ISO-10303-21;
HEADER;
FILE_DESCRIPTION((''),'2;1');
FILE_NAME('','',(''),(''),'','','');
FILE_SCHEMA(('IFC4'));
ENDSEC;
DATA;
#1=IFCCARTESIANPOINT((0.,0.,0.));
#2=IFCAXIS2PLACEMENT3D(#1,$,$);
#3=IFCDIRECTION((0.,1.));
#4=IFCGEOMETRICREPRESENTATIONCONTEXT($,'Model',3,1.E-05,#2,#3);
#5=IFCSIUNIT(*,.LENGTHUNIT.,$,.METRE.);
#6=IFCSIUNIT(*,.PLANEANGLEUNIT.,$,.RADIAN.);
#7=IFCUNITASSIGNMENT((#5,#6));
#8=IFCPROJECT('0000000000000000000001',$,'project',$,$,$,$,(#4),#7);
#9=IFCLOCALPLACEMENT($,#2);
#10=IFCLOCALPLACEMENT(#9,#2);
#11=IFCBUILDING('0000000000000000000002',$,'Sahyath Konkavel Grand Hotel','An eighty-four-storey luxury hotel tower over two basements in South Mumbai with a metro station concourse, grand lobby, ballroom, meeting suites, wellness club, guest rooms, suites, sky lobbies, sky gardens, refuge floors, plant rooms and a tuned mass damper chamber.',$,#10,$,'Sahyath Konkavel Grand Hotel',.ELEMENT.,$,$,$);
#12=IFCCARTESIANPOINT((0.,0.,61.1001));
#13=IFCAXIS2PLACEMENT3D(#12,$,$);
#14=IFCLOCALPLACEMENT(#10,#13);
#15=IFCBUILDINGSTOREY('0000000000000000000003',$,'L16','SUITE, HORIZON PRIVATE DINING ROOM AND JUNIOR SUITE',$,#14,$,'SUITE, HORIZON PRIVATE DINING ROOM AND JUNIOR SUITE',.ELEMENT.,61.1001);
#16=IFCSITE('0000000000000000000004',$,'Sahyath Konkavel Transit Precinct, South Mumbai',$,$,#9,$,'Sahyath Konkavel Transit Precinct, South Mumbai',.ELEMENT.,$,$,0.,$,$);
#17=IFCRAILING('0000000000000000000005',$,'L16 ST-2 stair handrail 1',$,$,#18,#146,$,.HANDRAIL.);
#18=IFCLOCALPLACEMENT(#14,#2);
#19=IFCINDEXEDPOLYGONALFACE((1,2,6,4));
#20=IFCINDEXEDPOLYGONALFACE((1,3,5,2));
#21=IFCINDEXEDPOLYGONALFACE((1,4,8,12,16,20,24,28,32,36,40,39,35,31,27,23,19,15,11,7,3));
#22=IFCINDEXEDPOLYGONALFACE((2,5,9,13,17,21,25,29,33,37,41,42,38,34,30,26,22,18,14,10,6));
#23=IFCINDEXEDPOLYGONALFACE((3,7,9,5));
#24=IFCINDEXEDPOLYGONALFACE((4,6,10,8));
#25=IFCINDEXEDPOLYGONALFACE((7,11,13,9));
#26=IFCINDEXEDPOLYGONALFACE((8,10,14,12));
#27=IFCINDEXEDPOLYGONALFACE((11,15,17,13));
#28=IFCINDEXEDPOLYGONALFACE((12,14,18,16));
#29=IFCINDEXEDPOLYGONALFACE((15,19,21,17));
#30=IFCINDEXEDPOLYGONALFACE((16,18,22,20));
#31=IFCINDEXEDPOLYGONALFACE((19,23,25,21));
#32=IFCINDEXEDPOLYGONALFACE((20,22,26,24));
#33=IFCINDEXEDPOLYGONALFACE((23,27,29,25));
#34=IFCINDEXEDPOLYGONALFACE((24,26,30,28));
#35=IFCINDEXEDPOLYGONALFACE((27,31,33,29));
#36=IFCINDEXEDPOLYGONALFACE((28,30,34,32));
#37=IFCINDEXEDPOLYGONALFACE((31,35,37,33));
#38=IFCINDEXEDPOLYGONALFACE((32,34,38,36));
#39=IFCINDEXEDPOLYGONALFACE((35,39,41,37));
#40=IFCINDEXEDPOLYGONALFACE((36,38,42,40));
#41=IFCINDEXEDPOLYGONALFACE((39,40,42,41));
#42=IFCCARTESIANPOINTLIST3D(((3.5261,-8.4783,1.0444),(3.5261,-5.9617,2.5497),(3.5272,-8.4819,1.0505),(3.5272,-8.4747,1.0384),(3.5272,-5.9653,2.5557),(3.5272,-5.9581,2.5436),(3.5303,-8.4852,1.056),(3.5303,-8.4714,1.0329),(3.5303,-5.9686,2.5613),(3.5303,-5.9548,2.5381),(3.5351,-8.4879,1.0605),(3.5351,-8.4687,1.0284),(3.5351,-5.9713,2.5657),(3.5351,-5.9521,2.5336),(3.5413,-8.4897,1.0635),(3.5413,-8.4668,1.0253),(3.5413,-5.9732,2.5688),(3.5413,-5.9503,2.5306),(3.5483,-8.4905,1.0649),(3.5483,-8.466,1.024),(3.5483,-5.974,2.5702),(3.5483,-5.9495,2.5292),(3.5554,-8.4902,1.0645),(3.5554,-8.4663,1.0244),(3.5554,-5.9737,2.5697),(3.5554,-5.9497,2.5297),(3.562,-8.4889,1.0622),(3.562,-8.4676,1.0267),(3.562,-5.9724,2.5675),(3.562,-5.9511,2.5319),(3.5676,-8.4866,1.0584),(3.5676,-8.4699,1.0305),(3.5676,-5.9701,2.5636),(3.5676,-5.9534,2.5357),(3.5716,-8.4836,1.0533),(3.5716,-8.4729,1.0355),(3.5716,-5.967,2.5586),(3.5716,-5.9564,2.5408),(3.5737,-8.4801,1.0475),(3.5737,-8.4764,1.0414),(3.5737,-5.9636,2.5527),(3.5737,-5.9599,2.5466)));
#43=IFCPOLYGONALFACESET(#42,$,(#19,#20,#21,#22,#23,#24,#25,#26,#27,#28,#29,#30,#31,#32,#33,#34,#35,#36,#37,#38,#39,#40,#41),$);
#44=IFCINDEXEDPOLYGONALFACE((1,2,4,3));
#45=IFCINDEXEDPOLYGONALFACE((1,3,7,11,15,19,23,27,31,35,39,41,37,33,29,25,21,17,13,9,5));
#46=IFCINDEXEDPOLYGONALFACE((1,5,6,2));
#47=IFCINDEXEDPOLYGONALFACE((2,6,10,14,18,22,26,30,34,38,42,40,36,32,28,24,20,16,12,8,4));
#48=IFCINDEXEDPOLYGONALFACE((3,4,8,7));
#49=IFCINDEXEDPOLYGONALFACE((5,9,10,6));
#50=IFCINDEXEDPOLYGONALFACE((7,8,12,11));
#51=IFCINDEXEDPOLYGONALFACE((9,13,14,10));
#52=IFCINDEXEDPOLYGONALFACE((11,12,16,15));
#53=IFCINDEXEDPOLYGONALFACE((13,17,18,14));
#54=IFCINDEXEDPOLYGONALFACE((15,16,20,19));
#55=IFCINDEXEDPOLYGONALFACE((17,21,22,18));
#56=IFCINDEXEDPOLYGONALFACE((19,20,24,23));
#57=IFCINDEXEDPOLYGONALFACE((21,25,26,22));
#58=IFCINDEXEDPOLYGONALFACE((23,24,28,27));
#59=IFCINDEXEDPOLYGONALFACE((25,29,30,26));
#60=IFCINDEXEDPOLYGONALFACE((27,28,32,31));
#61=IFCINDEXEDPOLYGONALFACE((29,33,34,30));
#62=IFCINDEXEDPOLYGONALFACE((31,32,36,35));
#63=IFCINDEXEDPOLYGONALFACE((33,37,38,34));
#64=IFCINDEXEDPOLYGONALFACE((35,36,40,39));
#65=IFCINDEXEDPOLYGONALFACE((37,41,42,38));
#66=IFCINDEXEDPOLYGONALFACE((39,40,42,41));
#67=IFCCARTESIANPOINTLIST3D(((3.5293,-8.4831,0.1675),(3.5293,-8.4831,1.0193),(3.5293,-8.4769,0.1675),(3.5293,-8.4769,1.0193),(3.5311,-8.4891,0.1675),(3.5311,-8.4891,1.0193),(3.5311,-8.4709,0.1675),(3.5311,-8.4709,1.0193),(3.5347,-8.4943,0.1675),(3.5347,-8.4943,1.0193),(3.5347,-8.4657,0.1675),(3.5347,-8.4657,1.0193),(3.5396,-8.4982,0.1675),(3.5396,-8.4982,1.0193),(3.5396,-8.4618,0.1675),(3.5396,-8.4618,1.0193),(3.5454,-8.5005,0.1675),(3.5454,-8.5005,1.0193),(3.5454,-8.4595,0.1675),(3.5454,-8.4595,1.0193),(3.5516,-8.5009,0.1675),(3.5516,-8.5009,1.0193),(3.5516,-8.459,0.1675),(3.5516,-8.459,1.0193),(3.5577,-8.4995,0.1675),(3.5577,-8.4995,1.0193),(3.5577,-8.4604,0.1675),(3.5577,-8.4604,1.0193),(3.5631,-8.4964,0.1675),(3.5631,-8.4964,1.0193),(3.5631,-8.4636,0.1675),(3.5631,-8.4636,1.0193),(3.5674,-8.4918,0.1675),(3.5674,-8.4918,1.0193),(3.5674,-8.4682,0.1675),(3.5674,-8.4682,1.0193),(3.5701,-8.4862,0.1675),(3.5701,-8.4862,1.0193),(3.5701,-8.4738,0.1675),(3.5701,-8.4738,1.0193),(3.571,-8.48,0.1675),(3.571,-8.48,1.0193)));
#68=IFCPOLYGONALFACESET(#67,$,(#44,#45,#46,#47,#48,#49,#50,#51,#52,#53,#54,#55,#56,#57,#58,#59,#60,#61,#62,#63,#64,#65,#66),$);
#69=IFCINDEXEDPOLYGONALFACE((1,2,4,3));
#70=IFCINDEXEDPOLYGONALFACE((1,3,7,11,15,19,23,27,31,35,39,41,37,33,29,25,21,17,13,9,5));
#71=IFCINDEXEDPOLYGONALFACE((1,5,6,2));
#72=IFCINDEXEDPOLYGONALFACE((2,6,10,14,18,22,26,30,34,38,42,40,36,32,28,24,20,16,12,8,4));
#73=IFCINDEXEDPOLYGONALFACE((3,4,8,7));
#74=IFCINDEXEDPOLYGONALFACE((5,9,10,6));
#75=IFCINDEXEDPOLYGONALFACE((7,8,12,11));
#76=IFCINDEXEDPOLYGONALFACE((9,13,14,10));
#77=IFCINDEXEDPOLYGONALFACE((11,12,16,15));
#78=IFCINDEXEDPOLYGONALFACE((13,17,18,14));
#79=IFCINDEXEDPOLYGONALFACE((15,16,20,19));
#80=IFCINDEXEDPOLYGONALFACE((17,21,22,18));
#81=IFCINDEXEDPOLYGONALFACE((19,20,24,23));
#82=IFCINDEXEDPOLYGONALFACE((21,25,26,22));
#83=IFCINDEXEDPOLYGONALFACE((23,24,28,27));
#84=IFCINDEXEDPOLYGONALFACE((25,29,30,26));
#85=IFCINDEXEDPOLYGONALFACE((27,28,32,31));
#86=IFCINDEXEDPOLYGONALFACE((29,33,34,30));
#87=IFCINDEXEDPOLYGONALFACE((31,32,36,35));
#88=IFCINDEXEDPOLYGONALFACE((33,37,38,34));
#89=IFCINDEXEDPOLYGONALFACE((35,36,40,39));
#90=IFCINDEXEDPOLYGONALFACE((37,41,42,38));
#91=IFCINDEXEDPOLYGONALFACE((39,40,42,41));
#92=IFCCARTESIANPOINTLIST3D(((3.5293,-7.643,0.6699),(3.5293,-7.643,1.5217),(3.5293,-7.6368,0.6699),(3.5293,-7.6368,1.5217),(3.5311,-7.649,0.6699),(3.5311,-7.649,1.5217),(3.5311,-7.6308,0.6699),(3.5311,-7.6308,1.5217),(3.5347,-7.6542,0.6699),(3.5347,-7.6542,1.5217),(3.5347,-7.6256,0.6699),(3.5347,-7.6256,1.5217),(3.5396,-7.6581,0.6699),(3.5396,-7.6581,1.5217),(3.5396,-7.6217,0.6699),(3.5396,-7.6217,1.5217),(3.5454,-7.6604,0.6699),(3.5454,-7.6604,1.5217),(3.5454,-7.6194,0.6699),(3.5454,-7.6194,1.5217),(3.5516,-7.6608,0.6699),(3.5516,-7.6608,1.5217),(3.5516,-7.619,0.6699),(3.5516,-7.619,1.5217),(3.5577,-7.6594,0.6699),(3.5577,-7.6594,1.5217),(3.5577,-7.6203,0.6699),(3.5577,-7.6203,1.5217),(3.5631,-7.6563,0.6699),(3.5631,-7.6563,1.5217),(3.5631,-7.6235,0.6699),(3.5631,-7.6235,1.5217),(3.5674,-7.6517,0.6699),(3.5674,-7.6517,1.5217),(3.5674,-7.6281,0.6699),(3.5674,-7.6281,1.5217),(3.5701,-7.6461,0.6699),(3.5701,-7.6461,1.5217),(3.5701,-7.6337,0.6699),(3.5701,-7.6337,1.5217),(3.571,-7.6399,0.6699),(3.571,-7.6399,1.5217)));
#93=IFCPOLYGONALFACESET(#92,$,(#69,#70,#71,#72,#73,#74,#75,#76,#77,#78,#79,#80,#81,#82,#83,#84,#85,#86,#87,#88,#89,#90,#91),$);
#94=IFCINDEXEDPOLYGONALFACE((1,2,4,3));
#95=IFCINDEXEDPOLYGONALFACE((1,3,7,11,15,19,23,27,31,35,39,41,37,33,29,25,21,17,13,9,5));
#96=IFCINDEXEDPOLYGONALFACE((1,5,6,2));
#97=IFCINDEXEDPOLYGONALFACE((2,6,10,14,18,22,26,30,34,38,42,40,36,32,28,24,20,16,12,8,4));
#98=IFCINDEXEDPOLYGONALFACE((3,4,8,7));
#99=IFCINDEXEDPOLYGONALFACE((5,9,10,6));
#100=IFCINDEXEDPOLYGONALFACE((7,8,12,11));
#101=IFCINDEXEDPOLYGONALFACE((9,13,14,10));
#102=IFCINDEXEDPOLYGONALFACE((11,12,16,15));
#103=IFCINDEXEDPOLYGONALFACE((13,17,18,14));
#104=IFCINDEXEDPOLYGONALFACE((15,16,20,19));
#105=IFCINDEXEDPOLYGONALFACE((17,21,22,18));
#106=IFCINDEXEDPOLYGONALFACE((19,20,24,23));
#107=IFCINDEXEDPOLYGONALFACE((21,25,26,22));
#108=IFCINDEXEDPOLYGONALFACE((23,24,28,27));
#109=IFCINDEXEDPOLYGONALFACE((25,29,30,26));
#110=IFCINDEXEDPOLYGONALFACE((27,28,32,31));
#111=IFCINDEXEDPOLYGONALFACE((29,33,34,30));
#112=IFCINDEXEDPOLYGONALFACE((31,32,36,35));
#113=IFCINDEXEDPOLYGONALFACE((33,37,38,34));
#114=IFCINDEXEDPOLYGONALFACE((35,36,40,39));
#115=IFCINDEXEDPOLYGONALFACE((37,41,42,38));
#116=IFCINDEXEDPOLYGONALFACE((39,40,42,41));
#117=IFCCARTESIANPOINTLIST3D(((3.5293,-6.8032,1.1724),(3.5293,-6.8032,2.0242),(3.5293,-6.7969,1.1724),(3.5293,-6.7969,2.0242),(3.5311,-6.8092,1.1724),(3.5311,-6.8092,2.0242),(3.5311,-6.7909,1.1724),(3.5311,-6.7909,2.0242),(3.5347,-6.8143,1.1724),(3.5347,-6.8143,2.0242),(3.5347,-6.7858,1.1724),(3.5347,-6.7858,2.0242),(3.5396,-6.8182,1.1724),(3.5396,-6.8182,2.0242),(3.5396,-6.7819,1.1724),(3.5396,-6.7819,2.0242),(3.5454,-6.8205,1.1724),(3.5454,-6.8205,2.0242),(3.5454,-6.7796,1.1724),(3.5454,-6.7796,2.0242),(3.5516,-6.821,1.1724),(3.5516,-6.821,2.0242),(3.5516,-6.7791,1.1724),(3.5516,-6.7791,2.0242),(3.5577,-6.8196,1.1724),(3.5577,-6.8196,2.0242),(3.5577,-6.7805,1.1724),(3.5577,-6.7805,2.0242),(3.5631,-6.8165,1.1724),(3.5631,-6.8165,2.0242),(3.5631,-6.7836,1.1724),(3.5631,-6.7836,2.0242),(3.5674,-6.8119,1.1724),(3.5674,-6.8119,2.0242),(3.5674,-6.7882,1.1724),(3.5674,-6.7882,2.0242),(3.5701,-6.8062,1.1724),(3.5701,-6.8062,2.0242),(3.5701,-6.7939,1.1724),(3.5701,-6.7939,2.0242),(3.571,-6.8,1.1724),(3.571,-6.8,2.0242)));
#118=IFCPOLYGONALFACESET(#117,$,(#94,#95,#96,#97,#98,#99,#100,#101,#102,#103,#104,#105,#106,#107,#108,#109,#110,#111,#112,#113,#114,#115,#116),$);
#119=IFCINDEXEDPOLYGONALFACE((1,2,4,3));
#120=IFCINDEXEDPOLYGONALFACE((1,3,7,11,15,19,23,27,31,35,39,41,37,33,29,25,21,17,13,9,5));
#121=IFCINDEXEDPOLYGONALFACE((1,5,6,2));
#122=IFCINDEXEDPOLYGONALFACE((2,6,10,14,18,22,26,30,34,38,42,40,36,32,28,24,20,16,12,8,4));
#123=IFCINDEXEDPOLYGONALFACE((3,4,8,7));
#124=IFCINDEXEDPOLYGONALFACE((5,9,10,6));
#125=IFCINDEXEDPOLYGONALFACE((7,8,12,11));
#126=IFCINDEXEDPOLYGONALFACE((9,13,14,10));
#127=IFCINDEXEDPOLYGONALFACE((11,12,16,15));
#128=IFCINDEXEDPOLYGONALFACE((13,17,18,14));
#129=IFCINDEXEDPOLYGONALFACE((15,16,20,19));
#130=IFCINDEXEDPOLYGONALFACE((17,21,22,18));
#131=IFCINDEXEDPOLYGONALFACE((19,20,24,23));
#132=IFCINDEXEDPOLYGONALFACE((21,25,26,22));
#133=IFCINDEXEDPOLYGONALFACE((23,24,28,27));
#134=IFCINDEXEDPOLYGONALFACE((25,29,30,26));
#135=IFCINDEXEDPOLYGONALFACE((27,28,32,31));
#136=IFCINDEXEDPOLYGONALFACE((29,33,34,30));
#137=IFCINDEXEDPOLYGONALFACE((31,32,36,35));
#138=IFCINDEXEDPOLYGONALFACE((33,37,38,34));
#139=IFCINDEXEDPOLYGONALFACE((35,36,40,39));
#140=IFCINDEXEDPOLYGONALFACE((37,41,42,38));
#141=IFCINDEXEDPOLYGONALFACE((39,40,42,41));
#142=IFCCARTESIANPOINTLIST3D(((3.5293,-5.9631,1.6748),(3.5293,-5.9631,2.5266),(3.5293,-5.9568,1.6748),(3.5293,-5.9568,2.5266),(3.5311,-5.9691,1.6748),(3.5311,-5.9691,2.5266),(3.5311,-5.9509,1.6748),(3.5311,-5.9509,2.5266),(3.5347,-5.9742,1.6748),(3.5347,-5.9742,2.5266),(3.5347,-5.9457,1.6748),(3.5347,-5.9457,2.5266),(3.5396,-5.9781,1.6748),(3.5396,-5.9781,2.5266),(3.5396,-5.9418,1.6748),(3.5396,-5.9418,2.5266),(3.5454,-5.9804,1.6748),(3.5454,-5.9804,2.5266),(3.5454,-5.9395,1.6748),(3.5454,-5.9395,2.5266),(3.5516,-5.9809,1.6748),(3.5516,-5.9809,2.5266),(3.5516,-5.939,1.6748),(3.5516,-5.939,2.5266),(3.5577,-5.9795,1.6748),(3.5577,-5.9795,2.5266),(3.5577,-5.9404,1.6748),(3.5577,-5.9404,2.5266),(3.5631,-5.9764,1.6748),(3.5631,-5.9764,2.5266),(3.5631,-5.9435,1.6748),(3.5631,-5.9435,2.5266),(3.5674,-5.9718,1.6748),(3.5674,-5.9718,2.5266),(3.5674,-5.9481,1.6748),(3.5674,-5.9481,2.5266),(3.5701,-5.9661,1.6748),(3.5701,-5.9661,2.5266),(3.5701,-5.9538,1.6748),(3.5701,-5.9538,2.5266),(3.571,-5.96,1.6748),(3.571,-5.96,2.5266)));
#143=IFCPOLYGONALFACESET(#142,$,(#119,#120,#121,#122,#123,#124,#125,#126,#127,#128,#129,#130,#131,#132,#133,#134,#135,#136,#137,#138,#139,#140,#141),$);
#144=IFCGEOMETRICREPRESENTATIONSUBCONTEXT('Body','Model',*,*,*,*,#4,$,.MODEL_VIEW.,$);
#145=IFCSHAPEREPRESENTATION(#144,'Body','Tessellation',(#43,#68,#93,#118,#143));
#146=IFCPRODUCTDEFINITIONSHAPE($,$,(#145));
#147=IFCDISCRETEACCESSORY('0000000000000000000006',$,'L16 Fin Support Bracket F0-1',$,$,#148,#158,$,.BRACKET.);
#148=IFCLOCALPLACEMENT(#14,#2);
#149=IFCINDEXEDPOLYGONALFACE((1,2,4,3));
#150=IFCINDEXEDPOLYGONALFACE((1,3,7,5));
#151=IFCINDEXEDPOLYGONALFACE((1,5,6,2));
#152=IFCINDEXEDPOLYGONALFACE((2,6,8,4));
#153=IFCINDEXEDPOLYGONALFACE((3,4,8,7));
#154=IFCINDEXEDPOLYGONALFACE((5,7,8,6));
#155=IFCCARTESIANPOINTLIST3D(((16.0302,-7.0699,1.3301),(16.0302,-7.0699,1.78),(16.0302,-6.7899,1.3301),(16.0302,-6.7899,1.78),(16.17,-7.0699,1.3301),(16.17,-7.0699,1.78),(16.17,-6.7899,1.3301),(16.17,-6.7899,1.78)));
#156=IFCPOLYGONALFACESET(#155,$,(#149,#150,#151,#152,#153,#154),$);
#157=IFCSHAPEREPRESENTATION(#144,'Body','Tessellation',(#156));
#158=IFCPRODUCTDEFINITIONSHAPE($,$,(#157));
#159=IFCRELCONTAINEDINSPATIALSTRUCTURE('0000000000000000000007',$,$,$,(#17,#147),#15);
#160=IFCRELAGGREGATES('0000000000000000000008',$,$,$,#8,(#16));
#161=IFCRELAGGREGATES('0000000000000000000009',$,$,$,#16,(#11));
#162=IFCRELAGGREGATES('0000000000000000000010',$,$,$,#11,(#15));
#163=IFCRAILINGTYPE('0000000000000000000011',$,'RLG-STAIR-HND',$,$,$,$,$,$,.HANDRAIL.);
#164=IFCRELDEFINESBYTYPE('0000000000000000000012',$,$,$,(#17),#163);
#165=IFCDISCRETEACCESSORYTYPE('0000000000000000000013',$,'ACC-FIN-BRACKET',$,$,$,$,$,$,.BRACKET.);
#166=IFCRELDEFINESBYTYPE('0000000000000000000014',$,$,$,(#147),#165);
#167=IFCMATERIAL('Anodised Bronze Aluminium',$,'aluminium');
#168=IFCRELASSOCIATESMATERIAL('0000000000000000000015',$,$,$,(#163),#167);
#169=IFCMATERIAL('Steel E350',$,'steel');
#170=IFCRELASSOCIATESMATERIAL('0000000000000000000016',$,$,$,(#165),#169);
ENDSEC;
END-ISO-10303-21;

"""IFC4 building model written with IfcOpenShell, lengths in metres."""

from ifc_helpers import new_model, si_unit, direction, frame, origin, origin_2d, place, context, subcontext, project, spatial, rectangle, circle, extrude, source, transform, mapped, material, type_object, element, save


model = new_model("IFC4")

# Units and contexts
model_context = context("Model", 3, precision=1e-05, world=origin(), true_north=direction((0.0, 1.0)))
body_context = subcontext(model_context, "Body", "Model", "MODEL_VIEW")
ifc_project = project(units=[si_unit("LENGTHUNIT", "METRE"), si_unit("PLANEANGLEUNIT", "RADIAN")], contexts=[model_context])

# Site, building, storey
site_placement = place(None, origin())
site = spatial("IfcSite", under=ifc_project, at=site_placement, Name="Sahyath Konkavel Transit Precinct, South Mumbai", LongName="Sahyath Konkavel Transit Precinct, South Mumbai", CompositionType="ELEMENT", RefElevation=0.0)
building_placement = place(site_placement, origin())
building = spatial("IfcBuilding", under=site, at=building_placement, Name="Sahyath Konkavel Grand Hotel", Description="An eighty-four-storey luxury hotel tower over two basements in South Mumbai with a metro station concourse, grand lobby, ballroom, meeting suites, wellness club, guest rooms, suites, sky lobbies, sky gardens, refuge floors, plant rooms and a tuned mass damper chamber.", LongName="Sahyath Konkavel Grand Hotel", CompositionType="ELEMENT")
storey_placement = place(building_placement, frame((0.0, 0.0, 61.1001)))
storey = spatial("IfcBuildingStorey", under=building, at=storey_placement, Name="L16", Description="SUITE, HORIZON PRIVATE DINING ROOM AND JUNIOR SUITE", LongName="SUITE, HORIZON PRIVATE DINING ROOM AND JUNIOR SUITE", CompositionType="ELEMENT", Elevation=61.1001)

# Shared definitions
ifc_material_1 = material(Name="Steel E350", Category="steel")

# Shared definitions
ifc_material_2 = material(Name="Anodised Bronze Aluminium", Category="aluminium")

# Railing
railing_type_1 = type_object("IfcRailingType", Name="RLG-STAIR-HND", PredefinedType="HANDRAIL", material=ifc_material_2)
railing_1_placement = place(storey_placement, frame((3.55, -8.48, 0.1675)))
element("IfcRailing", 1, at=railing_1_placement, inside=storey, type_object=railing_type_1, Name="L16 ST-2 stair handrail 1", PredefinedType="HANDRAIL", context=body_context, shape_type="SweptSolid", body=[
    extrude(circle(Radius=0.0239, at=origin_2d()), frame((0.0, 0.0017, 0.877), z_axis=(0.0, 0.858196, 0.513321), x_axis=(-1.0, 0.0, 0.0)), (0.0, 0.0, 1.0), 2.9324),
    extrude(circle(Radius=0.021, at=origin_2d()), origin(), (0.0, 0.0, 1.0), 0.8518),
    extrude(circle(Radius=0.021, at=origin_2d()), frame((0.0, 0.8401, 0.5024)), (0.0, 0.0, 1.0), 0.8518),
    extrude(circle(Radius=0.021, at=origin_2d()), frame((0.0, 1.6799, 1.0049)), (0.0, 0.0, 1.0), 0.8518),
    extrude(circle(Radius=0.021, at=origin_2d()), frame((0.0, 2.52, 1.5073)), (0.0, 0.0, 1.0), 0.8518),
])

# Discrete accessory
discrete_accessory_type = type_object("IfcDiscreteAccessoryType", Name="ACC-FIN-BRACKET", PredefinedType="BRACKET", material=ifc_material_1)
shared_shape_1 = source(origin(), body_context, "Body", "SweptSolid", [
    extrude(rectangle(XDim=0.28, YDim=0.1399, at=origin_2d()), origin(), (0.0, 0.0, 1.0), 0.45),
])
discrete_accessory_placement = place(storey_placement, frame((16.1001, -6.9299, 1.3301), z_axis=(0.0, 0.0, 1.0), x_axis=(0.0, -1.0, 0.0)))
element("IfcDiscreteAccessory", 2, at=discrete_accessory_placement, inside=storey, type_object=discrete_accessory_type, Name="L16 Fin Support Bracket F0-1", PredefinedType="BRACKET", context=body_context, shape_type="MappedRepresentation", body=[
    mapped(shared_shape_1, transform((0.0, 0.0, 0.0), scale=1.0)),
])

save(model, "model.ifc")
